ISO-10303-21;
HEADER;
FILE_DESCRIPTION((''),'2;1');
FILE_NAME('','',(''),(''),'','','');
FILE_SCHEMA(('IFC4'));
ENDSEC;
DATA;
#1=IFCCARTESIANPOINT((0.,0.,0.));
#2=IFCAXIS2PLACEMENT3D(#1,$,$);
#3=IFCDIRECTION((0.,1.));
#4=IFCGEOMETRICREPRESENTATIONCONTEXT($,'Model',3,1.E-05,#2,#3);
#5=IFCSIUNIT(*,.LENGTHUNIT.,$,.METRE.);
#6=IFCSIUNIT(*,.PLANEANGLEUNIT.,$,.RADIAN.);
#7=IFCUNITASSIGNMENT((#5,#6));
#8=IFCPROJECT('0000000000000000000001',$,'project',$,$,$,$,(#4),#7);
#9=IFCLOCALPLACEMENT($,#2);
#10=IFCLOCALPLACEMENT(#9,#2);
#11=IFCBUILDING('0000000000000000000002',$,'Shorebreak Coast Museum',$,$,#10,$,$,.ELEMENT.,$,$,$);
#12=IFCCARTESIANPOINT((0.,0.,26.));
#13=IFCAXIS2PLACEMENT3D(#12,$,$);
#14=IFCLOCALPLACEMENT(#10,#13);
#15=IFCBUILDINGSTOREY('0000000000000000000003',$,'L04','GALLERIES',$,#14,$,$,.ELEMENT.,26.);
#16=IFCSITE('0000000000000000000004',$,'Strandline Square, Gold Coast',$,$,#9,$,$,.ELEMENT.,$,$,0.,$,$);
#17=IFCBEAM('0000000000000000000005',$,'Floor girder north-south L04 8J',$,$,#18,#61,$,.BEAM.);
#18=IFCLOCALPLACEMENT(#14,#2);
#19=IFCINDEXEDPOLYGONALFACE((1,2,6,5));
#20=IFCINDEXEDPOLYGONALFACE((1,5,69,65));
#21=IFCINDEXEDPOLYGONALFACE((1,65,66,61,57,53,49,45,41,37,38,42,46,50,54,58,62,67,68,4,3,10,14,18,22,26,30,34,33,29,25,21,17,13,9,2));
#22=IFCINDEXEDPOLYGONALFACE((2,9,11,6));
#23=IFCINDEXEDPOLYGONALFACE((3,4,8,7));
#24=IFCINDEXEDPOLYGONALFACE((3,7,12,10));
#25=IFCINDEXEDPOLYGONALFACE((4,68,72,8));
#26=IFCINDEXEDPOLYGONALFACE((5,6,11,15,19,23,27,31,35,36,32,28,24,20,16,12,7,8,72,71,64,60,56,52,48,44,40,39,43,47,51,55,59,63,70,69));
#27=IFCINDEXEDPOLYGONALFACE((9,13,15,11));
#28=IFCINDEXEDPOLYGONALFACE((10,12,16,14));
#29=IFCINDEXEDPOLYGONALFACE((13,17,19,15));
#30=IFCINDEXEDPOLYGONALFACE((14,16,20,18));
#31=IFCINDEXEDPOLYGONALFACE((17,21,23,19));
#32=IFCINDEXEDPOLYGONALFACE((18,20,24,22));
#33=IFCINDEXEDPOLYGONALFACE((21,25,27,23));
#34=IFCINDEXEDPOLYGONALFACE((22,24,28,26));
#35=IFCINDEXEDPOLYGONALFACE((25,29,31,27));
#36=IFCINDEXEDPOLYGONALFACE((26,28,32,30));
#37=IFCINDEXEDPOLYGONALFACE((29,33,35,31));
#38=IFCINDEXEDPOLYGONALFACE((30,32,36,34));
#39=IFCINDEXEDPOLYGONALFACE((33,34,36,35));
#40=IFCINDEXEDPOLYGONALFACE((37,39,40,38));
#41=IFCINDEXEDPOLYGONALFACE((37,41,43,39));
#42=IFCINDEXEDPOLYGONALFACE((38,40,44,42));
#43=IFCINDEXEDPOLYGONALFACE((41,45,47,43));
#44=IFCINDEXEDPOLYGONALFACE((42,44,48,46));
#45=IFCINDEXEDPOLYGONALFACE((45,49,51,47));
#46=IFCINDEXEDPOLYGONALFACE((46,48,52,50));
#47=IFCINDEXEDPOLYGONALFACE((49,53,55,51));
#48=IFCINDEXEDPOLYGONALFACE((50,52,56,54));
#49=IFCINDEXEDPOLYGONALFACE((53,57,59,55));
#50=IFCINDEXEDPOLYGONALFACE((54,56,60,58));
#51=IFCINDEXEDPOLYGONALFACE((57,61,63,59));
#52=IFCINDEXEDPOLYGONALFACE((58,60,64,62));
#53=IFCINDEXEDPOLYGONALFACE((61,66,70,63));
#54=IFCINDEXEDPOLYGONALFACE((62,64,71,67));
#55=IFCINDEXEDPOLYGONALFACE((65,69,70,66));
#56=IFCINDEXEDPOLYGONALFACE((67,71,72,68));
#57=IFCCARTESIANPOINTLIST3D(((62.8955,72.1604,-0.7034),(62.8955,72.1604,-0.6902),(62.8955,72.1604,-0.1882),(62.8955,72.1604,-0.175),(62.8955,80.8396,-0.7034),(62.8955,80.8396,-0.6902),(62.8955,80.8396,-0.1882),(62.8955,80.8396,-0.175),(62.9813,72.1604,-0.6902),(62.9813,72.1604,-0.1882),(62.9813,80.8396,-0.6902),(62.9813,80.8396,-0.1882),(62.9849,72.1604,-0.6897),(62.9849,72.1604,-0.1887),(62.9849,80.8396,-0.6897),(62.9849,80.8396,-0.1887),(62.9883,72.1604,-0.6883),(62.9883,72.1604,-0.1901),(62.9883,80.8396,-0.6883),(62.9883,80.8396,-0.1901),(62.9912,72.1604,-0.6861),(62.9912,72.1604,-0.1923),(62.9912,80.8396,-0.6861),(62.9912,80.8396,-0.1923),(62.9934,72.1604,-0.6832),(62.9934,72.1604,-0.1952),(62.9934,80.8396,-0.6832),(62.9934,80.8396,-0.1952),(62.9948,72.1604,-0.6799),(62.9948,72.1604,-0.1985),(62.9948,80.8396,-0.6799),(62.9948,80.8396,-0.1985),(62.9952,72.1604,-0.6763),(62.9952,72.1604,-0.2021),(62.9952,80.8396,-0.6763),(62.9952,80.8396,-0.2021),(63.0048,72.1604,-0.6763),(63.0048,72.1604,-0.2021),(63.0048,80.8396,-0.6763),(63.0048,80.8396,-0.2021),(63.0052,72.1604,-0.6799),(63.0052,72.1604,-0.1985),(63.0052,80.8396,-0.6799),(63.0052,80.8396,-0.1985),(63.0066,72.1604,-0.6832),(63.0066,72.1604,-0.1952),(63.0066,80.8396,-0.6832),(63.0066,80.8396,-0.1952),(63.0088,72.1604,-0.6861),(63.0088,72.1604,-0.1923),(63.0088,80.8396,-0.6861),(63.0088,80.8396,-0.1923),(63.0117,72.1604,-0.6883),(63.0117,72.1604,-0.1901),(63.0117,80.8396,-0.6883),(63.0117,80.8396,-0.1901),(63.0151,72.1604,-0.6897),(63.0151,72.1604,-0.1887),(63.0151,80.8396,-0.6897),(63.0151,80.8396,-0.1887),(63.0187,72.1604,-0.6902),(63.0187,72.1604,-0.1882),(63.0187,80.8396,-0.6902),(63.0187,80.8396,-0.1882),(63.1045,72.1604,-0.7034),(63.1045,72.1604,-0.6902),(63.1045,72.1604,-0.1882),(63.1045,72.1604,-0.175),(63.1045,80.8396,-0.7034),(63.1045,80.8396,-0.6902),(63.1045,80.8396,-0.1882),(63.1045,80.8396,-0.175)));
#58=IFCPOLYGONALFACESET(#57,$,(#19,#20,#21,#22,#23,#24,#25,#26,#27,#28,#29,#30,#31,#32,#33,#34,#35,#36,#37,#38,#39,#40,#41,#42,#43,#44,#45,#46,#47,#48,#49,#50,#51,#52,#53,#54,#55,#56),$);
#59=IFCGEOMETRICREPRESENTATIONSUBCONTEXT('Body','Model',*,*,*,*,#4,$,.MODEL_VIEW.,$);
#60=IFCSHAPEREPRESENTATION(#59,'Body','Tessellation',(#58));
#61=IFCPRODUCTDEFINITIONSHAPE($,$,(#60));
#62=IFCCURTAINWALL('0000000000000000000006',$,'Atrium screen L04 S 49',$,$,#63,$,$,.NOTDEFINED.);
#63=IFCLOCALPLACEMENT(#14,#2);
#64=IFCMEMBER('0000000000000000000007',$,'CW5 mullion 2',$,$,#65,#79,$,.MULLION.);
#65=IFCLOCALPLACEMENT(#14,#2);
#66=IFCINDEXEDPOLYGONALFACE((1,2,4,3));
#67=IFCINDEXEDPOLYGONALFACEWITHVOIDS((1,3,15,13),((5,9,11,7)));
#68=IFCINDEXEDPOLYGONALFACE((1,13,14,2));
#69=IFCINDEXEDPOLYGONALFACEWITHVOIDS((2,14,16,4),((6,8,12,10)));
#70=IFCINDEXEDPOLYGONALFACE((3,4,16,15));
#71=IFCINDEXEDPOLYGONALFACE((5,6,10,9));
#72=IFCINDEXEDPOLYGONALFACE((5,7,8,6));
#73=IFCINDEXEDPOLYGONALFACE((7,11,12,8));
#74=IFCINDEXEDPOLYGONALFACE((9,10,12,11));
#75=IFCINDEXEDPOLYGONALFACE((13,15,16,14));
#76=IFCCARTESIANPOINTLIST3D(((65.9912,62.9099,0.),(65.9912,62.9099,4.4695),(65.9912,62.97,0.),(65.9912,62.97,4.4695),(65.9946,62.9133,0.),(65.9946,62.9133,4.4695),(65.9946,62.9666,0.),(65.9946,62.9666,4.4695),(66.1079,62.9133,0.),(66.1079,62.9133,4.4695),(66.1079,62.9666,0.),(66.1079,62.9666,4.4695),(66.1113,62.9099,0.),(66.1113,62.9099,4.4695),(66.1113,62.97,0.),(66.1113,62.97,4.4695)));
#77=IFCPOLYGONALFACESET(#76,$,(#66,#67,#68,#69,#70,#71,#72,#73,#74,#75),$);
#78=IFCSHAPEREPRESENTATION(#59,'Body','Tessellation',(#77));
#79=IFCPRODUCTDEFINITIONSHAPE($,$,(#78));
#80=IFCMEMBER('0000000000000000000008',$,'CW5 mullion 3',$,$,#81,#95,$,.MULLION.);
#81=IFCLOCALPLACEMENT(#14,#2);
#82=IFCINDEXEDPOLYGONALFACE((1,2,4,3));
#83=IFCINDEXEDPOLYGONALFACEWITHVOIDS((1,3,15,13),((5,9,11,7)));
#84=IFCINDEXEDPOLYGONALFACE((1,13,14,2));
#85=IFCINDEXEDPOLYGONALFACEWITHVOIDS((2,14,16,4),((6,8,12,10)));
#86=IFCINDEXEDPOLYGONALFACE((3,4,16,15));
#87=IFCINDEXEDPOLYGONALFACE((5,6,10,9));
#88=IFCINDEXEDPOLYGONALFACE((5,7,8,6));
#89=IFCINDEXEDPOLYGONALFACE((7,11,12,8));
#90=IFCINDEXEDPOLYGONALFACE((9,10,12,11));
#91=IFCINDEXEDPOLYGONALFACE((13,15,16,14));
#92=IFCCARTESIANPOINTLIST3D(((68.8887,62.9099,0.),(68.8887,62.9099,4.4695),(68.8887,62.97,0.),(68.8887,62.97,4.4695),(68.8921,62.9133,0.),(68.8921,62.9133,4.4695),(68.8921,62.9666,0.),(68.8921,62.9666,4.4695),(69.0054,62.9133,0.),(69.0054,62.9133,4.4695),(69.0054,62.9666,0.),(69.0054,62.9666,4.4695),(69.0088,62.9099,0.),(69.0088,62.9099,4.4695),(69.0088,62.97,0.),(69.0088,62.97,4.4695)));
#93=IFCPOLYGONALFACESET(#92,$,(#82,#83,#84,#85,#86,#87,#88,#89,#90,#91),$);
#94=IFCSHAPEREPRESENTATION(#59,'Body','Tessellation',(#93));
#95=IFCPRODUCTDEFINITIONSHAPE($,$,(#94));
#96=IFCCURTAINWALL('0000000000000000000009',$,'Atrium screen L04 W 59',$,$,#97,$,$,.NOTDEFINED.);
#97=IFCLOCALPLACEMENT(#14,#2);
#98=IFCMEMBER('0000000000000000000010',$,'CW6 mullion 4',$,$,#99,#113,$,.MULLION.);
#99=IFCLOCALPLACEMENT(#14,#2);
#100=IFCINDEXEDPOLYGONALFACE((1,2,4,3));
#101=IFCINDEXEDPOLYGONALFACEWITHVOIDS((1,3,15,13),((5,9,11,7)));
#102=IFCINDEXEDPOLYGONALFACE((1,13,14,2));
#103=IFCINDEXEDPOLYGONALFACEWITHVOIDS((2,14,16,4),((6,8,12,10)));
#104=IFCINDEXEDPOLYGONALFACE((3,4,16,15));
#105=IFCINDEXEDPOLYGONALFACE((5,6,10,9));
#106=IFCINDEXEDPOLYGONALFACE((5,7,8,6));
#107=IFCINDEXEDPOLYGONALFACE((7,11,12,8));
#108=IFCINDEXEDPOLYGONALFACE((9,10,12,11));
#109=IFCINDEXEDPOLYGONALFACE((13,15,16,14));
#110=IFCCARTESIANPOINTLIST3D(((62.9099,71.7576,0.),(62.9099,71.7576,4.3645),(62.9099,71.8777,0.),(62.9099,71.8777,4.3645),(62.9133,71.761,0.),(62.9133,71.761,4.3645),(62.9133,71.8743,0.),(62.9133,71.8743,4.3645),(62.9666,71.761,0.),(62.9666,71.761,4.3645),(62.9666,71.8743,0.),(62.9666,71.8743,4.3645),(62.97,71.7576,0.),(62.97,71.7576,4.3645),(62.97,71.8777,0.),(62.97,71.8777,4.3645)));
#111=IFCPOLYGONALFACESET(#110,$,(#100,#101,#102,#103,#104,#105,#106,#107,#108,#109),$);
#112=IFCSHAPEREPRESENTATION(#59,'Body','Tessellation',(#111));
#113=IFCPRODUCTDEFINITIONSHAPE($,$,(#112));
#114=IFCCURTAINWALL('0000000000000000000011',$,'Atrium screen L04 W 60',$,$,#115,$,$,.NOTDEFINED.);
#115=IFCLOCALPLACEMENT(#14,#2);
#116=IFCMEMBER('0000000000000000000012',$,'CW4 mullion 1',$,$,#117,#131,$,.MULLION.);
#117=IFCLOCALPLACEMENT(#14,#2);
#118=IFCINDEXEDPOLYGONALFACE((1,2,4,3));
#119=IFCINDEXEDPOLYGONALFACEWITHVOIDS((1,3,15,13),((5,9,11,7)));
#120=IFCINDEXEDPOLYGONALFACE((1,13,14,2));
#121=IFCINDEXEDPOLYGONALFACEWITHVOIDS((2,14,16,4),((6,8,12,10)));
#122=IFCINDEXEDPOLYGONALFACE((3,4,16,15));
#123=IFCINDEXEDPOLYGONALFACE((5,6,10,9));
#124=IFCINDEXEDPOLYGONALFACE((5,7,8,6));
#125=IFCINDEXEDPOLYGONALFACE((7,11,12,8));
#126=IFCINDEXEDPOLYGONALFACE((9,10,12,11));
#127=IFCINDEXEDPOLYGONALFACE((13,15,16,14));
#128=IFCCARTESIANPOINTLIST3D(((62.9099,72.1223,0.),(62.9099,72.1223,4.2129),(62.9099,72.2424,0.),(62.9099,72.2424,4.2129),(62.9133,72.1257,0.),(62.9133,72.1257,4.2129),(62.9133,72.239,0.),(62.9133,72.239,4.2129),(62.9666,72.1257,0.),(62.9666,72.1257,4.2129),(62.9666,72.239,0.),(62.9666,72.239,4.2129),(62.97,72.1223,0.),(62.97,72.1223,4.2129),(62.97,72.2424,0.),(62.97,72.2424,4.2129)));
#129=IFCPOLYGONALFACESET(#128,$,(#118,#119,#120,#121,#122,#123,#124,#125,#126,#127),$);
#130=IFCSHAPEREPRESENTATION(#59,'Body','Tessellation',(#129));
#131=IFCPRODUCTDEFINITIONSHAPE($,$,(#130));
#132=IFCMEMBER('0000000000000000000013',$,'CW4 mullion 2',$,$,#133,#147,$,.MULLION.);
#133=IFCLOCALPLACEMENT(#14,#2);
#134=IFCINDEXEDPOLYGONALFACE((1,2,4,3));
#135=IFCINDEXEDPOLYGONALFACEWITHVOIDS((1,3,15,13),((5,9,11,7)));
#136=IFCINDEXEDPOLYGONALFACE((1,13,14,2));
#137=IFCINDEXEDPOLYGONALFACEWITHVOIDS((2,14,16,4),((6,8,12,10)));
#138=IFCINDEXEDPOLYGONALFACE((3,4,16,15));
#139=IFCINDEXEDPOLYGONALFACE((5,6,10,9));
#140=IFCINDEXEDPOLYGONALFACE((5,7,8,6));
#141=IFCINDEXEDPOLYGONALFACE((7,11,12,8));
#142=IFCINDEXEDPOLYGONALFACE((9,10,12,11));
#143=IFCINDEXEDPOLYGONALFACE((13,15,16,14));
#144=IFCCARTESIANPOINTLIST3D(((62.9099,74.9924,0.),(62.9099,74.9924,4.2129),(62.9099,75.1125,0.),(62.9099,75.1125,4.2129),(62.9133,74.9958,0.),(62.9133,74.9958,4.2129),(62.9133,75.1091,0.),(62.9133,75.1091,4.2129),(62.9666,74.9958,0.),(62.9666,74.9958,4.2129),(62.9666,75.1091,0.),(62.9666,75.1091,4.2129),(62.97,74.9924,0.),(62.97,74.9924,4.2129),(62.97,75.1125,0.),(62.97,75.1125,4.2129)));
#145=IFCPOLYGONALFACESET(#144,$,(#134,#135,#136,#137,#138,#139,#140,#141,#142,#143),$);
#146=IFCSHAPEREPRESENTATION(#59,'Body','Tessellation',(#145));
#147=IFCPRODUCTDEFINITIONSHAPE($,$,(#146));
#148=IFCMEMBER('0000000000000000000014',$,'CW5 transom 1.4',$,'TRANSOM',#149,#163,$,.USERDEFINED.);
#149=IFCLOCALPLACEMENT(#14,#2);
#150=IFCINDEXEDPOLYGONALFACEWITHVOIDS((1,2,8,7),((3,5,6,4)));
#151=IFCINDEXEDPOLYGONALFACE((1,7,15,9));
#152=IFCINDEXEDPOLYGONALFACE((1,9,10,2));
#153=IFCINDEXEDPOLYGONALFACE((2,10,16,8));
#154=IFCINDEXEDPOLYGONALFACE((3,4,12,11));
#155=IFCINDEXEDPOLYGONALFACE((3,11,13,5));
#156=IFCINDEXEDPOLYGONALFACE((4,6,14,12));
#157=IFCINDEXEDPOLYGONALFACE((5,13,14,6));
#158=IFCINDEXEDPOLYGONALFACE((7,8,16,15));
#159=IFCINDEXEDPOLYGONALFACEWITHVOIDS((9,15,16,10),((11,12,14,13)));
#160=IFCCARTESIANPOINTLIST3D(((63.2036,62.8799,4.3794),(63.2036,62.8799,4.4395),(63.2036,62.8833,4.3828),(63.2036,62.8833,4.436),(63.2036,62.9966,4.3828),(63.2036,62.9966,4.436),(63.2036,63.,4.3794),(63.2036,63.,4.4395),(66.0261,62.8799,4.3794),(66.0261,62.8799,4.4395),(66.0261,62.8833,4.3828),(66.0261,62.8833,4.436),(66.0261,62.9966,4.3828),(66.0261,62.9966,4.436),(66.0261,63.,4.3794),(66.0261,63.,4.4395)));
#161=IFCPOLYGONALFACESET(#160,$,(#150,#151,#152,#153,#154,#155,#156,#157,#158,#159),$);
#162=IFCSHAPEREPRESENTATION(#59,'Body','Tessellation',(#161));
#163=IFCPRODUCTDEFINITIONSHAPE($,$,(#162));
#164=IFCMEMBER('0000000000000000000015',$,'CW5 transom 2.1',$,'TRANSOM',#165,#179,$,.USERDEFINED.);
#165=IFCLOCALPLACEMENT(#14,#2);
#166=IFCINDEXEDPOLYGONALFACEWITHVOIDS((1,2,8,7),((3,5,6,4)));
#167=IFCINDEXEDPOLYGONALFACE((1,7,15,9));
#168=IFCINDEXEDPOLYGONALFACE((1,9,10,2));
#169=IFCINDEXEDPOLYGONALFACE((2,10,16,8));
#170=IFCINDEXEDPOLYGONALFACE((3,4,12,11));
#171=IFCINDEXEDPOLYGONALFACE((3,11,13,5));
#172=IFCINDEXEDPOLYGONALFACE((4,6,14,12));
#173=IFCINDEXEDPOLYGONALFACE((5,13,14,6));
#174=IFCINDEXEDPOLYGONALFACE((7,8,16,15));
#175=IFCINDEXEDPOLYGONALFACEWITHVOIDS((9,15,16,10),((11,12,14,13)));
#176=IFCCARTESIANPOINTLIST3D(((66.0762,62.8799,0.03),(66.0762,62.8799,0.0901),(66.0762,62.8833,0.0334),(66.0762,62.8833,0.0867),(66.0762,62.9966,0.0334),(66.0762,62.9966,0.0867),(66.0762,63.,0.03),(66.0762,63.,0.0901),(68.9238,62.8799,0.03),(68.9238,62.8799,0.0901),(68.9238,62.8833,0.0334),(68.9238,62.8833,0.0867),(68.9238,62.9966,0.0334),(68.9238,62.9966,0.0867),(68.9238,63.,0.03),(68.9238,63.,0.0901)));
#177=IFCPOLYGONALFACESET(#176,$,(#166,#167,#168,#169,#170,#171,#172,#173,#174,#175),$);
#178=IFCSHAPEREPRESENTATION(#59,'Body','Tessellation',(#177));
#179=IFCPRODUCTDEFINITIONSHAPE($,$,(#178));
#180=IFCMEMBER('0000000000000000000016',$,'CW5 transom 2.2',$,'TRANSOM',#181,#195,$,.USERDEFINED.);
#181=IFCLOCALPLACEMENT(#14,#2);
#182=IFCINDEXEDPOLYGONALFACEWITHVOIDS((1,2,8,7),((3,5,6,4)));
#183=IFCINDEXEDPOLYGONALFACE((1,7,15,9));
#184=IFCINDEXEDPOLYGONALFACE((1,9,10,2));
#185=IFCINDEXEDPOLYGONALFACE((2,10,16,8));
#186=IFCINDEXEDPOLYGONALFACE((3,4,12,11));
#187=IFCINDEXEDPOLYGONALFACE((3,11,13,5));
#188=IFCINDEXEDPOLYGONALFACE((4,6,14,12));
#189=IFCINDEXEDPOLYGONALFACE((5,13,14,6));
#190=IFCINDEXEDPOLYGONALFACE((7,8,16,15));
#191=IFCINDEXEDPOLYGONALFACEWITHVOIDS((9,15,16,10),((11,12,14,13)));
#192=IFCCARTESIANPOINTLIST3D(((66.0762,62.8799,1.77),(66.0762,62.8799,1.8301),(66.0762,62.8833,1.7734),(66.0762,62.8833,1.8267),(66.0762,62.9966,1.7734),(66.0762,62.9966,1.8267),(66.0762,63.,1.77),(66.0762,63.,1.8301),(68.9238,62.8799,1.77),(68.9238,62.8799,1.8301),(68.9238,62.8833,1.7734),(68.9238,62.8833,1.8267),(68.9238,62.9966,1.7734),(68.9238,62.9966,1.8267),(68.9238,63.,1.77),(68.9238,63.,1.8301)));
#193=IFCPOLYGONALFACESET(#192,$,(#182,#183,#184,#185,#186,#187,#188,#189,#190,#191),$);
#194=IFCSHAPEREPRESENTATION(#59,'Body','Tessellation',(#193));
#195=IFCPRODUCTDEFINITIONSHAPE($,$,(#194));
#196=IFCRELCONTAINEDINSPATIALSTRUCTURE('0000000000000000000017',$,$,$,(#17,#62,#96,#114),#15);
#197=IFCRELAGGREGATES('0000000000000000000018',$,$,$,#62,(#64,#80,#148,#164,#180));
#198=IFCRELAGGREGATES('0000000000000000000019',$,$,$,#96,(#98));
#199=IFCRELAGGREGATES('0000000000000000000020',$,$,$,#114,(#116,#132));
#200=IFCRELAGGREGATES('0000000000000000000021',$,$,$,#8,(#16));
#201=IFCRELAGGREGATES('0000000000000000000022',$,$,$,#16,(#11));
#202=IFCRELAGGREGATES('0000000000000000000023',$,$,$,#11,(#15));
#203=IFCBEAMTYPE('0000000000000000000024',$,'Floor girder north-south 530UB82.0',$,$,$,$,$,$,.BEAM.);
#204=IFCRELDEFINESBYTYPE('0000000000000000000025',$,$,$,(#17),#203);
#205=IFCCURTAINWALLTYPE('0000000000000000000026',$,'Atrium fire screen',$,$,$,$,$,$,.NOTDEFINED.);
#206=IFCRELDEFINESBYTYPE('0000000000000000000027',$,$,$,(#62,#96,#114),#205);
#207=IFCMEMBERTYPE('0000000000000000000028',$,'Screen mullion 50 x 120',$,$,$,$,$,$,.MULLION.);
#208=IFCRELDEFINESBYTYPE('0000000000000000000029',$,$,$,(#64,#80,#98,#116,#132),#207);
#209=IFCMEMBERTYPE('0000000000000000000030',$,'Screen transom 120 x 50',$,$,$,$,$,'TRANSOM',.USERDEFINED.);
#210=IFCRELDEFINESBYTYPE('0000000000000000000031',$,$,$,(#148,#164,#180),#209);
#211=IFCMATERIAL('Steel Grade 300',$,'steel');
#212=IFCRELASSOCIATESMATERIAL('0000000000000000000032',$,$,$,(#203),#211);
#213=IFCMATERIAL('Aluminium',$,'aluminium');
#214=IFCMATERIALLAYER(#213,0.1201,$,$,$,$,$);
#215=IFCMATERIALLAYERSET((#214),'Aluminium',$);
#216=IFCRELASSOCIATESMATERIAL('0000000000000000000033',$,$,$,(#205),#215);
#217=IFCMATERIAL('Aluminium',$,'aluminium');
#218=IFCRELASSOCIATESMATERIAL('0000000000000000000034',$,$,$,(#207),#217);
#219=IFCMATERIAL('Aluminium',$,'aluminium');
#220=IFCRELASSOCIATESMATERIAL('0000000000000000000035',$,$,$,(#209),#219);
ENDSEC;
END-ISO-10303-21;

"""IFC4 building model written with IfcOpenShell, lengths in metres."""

from ifc_helpers import new_model, si_unit, direction, frame, origin, origin_2d, place, context, subcontext, project, spatial, hollow_rectangle, i_section, extrude, material, layer, layer_set, material_profile, profile_set, type_object, element, aggregate, save


model = new_model("IFC4")

# Units and contexts
model_context = context("Model", 3, precision=1e-05, world=origin(), true_north=direction((0.0, 1.0)))
body_context = subcontext(model_context, "Body", "Model", "MODEL_VIEW")
ifc_project = project(units=[si_unit("LENGTHUNIT", "METRE"), si_unit("PLANEANGLEUNIT", "RADIAN")], contexts=[model_context])

# Site, building, storey
site_placement = place(None, origin())
site = spatial("IfcSite", under=ifc_project, at=site_placement, Name="Strandline Square, Gold Coast", CompositionType="ELEMENT", RefElevation=0.0)
building_placement = place(site_placement, origin())
building = spatial("IfcBuilding", under=site, at=building_placement, Name="Shorebreak Coast Museum", CompositionType="ELEMENT")
storey_placement = place(building_placement, frame((0.0, 0.0, 26.0)))
storey = spatial("IfcBuildingStorey", under=building, at=storey_placement, Name="L04", Description="GALLERIES", CompositionType="ELEMENT", Elevation=26.0)

# Beam
ifc_material_1 = material(Name="Steel Grade 300", Category="steel")
ifc_material_profile_1 = material_profile(ifc_material_1, i_section(OverallWidth=0.209, OverallDepth=0.5283, WebThickness=0.0095, FlangeThickness=0.0132, FilletRadius=0.0139, at=origin_2d()), Name="530UB82.0")
ifc_profile_set_1 = profile_set([ifc_material_profile_1], Name="Steel Grade 300")
beam_type_1 = type_object("IfcBeamType", Name="Floor girder north-south 530UB82.0", PredefinedType="BEAM", material=ifc_profile_set_1)
for number, where, z_axis, x_axis, name in (
    (1, (63.0, 72.1604, -0.4392), (0.0, 1.0, 0.0), (-1.0, 0.0, 0.0), "Floor girder north-south L04 8J"),
):
    element("IfcBeam", number, at=place(storey_placement, frame(where, z_axis=z_axis, x_axis=x_axis)), inside=storey, type_object=beam_type_1, Name=name, PredefinedType="BEAM", context=body_context, shape_type="SweptSolid", body=[
        extrude(i_section(OverallWidth=0.209, OverallDepth=0.5283, WebThickness=0.0095, FlangeThickness=0.0132, FilletRadius=0.0139, at=origin_2d()), origin(), (0.0, 0.0, 1.0), 8.6792),
    ])

# Curtain wall, members
ifc_material_2 = material(Name="Aluminium", Category="aluminium")
ifc_layer_1 = layer(ifc_material_2, 0.1201)
ifc_layer_set_1 = layer_set([ifc_layer_1], Name="Aluminium")
curtain_wall_type = type_object("IfcCurtainWallType", Name="Atrium fire screen", PredefinedType="NOTDEFINED", material=ifc_layer_set_1)
curtain_wall_1_placement = place(storey_placement, origin())
curtain_wall_1 = element("IfcCurtainWall", 2, at=curtain_wall_1_placement, inside=storey, type_object=curtain_wall_type, Name="Atrium screen L04 S 49", PredefinedType="NOTDEFINED")
ifc_material_3 = material(Name="Aluminium", Category="aluminium")
ifc_material_profile_2 = material_profile(ifc_material_3, hollow_rectangle(XDim=0.0601, YDim=0.1201, WallThickness=0.0034, at=origin_2d()), Name="AL 120x60 RHS")
ifc_profile_set_2 = profile_set([ifc_material_profile_2], Name="Aluminium")
member_type_1 = type_object("IfcMemberType", Name="Screen mullion 50 x 120", PredefinedType="MULLION", material=ifc_profile_set_2)
member_1_placement = place(storey_placement, frame((66.0513, 62.9399, 0.0), z_axis=(0.0, 0.0, 1.0), x_axis=(0.0, 1.0, 0.0)))
member_1 = element("IfcMember", 3, at=member_1_placement, type_object=member_type_1, Name="CW5 mullion 2", PredefinedType="MULLION", context=body_context, shape_type="SweptSolid", body=[
    extrude(hollow_rectangle(XDim=0.0601, YDim=0.1201, WallThickness=0.0034, at=origin_2d()), origin(), (0.0, 0.0, 1.0), 4.4695),
])
member_2_placement = place(storey_placement, frame((68.9487, 62.9399, 0.0), z_axis=(0.0, 0.0, 1.0), x_axis=(0.0, 1.0, 0.0)))
member_2 = element("IfcMember", 4, at=member_2_placement, type_object=member_type_1, Name="CW5 mullion 3", PredefinedType="MULLION", context=body_context, shape_type="SweptSolid", body=[
    extrude(hollow_rectangle(XDim=0.0601, YDim=0.1201, WallThickness=0.0034, at=origin_2d()), origin(), (0.0, 0.0, 1.0), 4.4695),
])

# Curtain wall, member
curtain_wall_2_placement = place(storey_placement, origin())
curtain_wall_2 = element("IfcCurtainWall", 5, at=curtain_wall_2_placement, inside=storey, type_object=curtain_wall_type, Name="Atrium screen L04 W 59", PredefinedType="NOTDEFINED")
member_3_placement = place(storey_placement, frame((62.9399, 71.8176, 0.0), z_axis=(0.0, 0.0, 1.0), x_axis=(-1.0, 0.0, 0.0)))
member_3 = element("IfcMember", 6, at=member_3_placement, type_object=member_type_1, Name="CW6 mullion 4", PredefinedType="MULLION", context=body_context, shape_type="SweptSolid", body=[
    extrude(hollow_rectangle(XDim=0.0601, YDim=0.1201, WallThickness=0.0034, at=origin_2d()), origin(), (0.0, 0.0, 1.0), 4.3645),
])

# Curtain wall, members
curtain_wall_3_placement = place(storey_placement, origin())
curtain_wall_3 = element("IfcCurtainWall", 7, at=curtain_wall_3_placement, inside=storey, type_object=curtain_wall_type, Name="Atrium screen L04 W 60", PredefinedType="NOTDEFINED")
member_4_placement = place(storey_placement, frame((62.9399, 72.1824, 0.0), z_axis=(0.0, 0.0, 1.0), x_axis=(-1.0, 0.0, 0.0)))
member_4 = element("IfcMember", 8, at=member_4_placement, type_object=member_type_1, Name="CW4 mullion 1", PredefinedType="MULLION", context=body_context, shape_type="SweptSolid", body=[
    extrude(hollow_rectangle(XDim=0.0601, YDim=0.1201, WallThickness=0.0034, at=origin_2d()), origin(), (0.0, 0.0, 1.0), 4.2129),
])
member_5_placement = place(storey_placement, frame((62.9399, 75.0525, 0.0), z_axis=(0.0, 0.0, 1.0), x_axis=(-1.0, 0.0, 0.0)))
member_5 = element("IfcMember", 9, at=member_5_placement, type_object=member_type_1, Name="CW4 mullion 2", PredefinedType="MULLION", context=body_context, shape_type="SweptSolid", body=[
    extrude(hollow_rectangle(XDim=0.0601, YDim=0.1201, WallThickness=0.0034, at=origin_2d()), origin(), (0.0, 0.0, 1.0), 4.2129),
])

# Members
ifc_material_4 = material(Name="Aluminium", Category="aluminium")
ifc_material_profile_3 = material_profile(ifc_material_4, hollow_rectangle(XDim=0.1201, YDim=0.0601, WallThickness=0.0034, at=origin_2d()), Name="AL 60x120 RHS")
ifc_profile_set_3 = profile_set([ifc_material_profile_3], Name="Aluminium")
member_type_2 = type_object("IfcMemberType", Name="Screen transom 120 x 50", ElementType="TRANSOM", PredefinedType="USERDEFINED", material=ifc_profile_set_3)
member_6_placement = place(storey_placement, frame((63.2036, 62.9399, 4.4094), z_axis=(1.0, 0.0, 0.0), x_axis=(0.0, 1.0, 0.0)))
member_6 = element("IfcMember", 10, at=member_6_placement, type_object=member_type_2, Name="CW5 transom 1.4", ObjectType="TRANSOM", PredefinedType="USERDEFINED", context=body_context, shape_type="SweptSolid", body=[
    extrude(hollow_rectangle(XDim=0.1201, YDim=0.0601, WallThickness=0.0034, at=origin_2d()), origin(), (0.0, 0.0, 1.0), 2.8225),
])
member_7_placement = place(storey_placement, frame((66.0762, 62.9399, 0.0601), z_axis=(1.0, 0.0, 0.0), x_axis=(0.0, 1.0, 0.0)))
member_7 = element("IfcMember", 11, at=member_7_placement, type_object=member_type_2, Name="CW5 transom 2.1", ObjectType="TRANSOM", PredefinedType="USERDEFINED", context=body_context, shape_type="SweptSolid", body=[
    extrude(hollow_rectangle(XDim=0.1201, YDim=0.0601, WallThickness=0.0034, at=origin_2d()), origin(), (0.0, 0.0, 1.0), 2.8477),
])
member_8_placement = place(storey_placement, frame((66.0762, 62.9399, 1.8), z_axis=(1.0, 0.0, 0.0), x_axis=(0.0, 1.0, 0.0)))
member_8 = element("IfcMember", 12, at=member_8_placement, type_object=member_type_2, Name="CW5 transom 2.2", ObjectType="TRANSOM", PredefinedType="USERDEFINED", context=body_context, shape_type="SweptSolid", body=[
    extrude(hollow_rectangle(XDim=0.1201, YDim=0.0601, WallThickness=0.0034, at=origin_2d()), origin(), (0.0, 0.0, 1.0), 2.8477),
])

aggregate(curtain_wall_1, [member_1, member_2, member_6, member_7, member_8])
aggregate(curtain_wall_2, [member_3])
aggregate(curtain_wall_3, [member_4, member_5])

save(model, "model.ifc")
